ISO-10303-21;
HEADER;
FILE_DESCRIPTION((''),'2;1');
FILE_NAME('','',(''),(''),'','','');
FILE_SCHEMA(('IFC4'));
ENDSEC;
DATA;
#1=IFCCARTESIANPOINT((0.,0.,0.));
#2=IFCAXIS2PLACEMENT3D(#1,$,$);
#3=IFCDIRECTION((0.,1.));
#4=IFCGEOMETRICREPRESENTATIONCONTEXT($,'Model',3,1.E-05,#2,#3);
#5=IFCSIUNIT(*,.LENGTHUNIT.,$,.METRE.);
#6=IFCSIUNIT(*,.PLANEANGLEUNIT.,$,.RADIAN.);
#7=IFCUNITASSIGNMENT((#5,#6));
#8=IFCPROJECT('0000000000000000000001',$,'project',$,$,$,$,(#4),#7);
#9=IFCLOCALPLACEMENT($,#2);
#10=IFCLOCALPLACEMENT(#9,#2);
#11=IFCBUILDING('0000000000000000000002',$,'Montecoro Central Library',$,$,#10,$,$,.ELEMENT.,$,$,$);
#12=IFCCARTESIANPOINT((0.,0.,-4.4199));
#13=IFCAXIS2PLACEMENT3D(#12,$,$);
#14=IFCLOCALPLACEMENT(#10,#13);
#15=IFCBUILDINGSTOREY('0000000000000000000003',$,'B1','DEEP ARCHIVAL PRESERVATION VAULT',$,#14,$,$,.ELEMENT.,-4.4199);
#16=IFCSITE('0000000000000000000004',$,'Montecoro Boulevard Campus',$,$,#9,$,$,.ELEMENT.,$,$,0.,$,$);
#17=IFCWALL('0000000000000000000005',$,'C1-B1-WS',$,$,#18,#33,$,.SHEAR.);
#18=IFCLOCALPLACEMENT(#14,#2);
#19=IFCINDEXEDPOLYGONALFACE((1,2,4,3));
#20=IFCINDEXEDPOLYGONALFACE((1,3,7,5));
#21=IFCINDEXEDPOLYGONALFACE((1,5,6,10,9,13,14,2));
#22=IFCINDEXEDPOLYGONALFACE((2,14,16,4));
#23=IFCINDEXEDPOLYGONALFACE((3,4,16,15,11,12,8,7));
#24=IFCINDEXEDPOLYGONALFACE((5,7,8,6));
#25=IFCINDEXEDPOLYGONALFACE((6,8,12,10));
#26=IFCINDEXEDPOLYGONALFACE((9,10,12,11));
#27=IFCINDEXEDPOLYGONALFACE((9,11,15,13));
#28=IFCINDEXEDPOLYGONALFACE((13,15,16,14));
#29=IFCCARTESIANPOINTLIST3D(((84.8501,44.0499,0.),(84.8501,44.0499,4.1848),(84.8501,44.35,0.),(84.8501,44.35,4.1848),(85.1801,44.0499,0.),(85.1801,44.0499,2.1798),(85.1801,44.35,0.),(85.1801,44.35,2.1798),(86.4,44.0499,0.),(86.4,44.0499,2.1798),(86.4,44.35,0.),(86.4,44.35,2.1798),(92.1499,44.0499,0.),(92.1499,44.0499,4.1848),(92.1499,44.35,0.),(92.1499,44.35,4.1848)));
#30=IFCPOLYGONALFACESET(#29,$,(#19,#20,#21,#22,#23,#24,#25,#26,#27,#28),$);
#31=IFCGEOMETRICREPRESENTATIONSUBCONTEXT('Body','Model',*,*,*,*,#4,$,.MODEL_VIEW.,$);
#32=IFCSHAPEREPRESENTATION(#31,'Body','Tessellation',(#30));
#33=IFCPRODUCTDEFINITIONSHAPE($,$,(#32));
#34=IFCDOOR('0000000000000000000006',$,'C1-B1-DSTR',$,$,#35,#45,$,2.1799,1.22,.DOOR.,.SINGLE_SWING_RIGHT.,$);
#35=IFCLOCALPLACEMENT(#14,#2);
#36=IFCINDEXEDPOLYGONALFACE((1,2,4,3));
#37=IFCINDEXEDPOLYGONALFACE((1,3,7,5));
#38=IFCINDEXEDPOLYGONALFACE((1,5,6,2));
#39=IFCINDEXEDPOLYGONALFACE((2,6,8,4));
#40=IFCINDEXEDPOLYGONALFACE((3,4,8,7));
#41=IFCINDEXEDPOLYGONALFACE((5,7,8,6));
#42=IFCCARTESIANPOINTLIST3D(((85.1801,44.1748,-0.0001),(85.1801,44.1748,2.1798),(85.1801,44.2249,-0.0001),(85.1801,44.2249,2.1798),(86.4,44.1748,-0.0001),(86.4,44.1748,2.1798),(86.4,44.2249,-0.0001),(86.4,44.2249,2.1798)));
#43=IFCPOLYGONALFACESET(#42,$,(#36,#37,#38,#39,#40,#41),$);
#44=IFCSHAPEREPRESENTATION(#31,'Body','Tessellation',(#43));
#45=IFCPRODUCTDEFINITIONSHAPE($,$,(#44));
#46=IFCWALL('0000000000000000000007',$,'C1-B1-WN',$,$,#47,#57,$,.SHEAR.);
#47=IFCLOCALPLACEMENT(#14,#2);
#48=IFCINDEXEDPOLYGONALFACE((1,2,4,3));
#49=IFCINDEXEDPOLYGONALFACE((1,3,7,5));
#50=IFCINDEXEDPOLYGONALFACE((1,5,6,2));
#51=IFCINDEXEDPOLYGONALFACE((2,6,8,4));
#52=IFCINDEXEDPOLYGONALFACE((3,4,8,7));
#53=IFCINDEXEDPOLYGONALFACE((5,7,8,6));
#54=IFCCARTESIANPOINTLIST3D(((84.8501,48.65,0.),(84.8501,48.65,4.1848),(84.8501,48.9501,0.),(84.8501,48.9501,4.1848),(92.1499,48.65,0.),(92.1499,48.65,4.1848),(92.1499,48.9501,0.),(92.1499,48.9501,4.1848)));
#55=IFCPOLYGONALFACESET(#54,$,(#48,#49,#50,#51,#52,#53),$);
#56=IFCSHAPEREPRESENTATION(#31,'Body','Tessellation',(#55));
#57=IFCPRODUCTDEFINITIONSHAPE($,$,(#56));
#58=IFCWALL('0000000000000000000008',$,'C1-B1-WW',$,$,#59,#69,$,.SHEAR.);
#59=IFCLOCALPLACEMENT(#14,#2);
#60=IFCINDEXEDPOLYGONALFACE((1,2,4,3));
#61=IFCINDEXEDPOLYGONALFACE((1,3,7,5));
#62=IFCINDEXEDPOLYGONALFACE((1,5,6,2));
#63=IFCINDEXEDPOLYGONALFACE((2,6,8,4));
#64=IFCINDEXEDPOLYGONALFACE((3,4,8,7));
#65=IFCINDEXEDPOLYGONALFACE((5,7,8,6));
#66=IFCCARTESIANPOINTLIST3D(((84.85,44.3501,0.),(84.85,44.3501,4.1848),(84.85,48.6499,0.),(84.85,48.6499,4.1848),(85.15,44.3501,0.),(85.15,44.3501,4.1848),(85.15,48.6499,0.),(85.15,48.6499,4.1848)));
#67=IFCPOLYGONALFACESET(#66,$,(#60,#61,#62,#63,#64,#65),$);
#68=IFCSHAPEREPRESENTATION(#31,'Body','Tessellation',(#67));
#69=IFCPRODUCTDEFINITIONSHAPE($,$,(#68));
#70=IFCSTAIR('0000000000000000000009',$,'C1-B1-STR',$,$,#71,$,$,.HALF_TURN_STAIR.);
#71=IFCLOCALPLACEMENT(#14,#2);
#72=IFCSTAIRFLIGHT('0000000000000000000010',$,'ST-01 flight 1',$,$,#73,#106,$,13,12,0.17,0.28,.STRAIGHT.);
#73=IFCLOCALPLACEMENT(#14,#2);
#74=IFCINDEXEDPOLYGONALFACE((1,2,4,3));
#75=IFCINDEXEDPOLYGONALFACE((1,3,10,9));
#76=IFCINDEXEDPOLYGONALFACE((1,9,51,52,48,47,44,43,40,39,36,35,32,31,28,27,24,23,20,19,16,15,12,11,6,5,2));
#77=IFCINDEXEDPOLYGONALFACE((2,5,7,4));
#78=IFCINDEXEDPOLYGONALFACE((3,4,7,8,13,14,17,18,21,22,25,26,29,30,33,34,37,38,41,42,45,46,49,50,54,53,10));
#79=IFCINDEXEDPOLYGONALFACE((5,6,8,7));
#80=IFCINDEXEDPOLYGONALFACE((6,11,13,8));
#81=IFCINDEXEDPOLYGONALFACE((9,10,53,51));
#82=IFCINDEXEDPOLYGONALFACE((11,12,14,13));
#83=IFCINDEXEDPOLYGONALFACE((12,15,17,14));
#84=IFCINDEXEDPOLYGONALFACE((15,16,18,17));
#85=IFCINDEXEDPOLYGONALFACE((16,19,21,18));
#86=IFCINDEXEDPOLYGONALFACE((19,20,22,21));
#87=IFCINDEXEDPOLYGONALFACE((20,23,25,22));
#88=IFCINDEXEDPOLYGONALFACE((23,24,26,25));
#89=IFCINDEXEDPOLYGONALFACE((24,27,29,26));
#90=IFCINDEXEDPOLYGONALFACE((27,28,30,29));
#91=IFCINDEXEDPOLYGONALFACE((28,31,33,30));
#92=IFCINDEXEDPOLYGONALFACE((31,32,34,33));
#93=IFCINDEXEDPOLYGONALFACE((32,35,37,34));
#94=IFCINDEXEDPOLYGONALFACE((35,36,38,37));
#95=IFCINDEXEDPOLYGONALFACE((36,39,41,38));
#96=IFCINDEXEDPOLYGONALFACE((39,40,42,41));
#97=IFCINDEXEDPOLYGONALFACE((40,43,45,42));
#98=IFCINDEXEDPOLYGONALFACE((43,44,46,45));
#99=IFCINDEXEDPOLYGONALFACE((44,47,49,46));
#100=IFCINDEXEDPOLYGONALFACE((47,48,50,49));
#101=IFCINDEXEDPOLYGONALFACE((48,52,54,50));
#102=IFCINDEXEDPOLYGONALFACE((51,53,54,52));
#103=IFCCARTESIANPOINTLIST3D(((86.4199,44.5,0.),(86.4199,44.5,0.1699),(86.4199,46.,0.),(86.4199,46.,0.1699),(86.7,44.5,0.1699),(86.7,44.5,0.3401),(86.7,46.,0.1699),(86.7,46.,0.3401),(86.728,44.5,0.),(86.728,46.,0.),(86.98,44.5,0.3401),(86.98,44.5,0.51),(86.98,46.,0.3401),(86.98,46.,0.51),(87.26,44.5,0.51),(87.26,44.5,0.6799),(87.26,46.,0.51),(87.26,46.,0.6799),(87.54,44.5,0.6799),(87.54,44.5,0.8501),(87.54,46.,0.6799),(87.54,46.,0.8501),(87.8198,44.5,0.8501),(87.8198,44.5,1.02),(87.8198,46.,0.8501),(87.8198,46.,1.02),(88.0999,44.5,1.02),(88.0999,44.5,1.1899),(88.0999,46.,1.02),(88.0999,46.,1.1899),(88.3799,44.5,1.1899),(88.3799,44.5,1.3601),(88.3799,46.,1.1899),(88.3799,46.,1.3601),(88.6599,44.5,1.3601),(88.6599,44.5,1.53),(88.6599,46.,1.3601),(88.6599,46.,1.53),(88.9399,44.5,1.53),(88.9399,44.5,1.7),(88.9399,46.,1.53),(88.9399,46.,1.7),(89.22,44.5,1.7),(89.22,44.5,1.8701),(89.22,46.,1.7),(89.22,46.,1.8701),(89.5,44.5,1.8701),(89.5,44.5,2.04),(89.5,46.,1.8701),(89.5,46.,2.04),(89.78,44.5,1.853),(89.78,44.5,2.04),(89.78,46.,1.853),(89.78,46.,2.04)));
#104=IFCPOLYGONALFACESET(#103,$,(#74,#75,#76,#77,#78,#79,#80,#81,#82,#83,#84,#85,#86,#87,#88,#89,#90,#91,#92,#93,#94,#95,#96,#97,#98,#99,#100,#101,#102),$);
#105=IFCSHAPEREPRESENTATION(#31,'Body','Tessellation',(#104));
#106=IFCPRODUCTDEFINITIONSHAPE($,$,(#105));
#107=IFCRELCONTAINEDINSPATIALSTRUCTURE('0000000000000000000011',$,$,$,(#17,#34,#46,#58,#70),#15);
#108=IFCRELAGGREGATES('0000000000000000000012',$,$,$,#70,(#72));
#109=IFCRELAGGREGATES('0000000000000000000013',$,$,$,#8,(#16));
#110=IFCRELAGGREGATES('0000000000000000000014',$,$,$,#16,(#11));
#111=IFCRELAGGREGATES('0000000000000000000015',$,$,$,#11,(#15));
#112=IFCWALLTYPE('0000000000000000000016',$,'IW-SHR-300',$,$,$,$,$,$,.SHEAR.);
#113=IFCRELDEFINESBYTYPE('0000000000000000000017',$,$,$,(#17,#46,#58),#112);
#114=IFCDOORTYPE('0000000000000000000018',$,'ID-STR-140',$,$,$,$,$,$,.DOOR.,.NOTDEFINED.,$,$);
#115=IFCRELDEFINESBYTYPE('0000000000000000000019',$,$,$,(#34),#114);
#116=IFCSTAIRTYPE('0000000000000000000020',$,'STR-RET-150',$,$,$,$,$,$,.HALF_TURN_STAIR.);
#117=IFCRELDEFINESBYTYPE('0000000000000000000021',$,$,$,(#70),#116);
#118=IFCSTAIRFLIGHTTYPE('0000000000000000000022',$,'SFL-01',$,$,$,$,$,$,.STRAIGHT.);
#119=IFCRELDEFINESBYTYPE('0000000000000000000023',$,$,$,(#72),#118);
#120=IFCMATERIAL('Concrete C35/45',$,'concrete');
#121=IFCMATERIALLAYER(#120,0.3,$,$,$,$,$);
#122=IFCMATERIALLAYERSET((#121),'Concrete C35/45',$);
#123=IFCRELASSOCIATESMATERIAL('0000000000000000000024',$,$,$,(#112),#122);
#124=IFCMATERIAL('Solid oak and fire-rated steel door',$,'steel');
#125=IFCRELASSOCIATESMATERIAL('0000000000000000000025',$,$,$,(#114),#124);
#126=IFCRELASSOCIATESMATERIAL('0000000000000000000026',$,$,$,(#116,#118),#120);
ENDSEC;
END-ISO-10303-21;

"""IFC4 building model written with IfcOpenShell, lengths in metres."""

from ifc_helpers import new_model, si_unit, direction, frame, frame_2d, origin, place, context, subcontext, project, spatial, polyline, rectangle, outline, extrude, material, layer, layer_set, type_object, element, fill, aggregate, save


model = new_model("IFC4")

# Units and contexts
model_context = context("Model", 3, precision=1e-05, world=origin(), true_north=direction((0.0, 1.0)))
body_context = subcontext(model_context, "Body", "Model", "MODEL_VIEW")
ifc_project = project(units=[si_unit("LENGTHUNIT", "METRE"), si_unit("PLANEANGLEUNIT", "RADIAN")], contexts=[model_context])

# Site, building, storey
site_placement = place(None, origin())
site = spatial("IfcSite", under=ifc_project, at=site_placement, Name="Montecoro Boulevard Campus", CompositionType="ELEMENT", RefElevation=0.0)
building_placement = place(site_placement, origin())
building = spatial("IfcBuilding", under=site, at=building_placement, Name="Montecoro Central Library", CompositionType="ELEMENT")
storey_placement = place(building_placement, frame((0.0, 0.0, -4.4199)))
storey = spatial("IfcBuildingStorey", under=building, at=storey_placement, Name="B1", Description="DEEP ARCHIVAL PRESERVATION VAULT", CompositionType="ELEMENT", Elevation=-4.4199)

# Shared definitions
ifc_material_1 = material(Name="Concrete C35/45", Category="concrete")

# Wall, opening, door
ifc_material_2 = material(Name="Solid oak and fire-rated steel door", Category="steel")
ifc_layer_1 = layer(ifc_material_1, 0.3)
ifc_layer_set_1 = layer_set([ifc_layer_1], Name="Concrete C35/45")
wall_type_1 = type_object("IfcWallType", Name="IW-SHR-300", PredefinedType="SHEAR", material=ifc_layer_set_1)
wall_1_placement = place(storey_placement, frame((84.8501, 44.2, 0.0), z_axis=(0.0, 0.0, 1.0), x_axis=(1.0, 0.0, 0.0)))
wall_1 = element("IfcWall", 1, at=wall_1_placement, inside=storey, type_object=wall_type_1, Name="C1-B1-WS", PredefinedType="SHEAR", context=body_context, shape_type="SweptSolid", body=[
    extrude(rectangle(XDim=7.2998, YDim=0.3, at=frame_2d((3.6499, 0.0))), origin(), (0.0, 0.0, 1.0), 4.1848),
])
opening_1_placement = place(wall_1_placement, frame((0.3301, 0.0, 0.0)))
opening_1 = element("IfcOpeningElement", 2, at=opening_1_placement, cuts=wall_1, PredefinedType="OPENING", context=body_context, shape_type="SweptSolid", body=[
    extrude(rectangle(XDim=1.22, YDim=2.1799, at=frame_2d((0.6099, 1.0898))), frame((0.0, 0.1599, 0.0), z_axis=(0.0, -1.0, 0.0), x_axis=(1.0, 0.0, 0.0)), (0.0, 0.0, 1.0), 0.3201),
])
door_type_1 = type_object("IfcDoorType", Name="ID-STR-140", OperationType="NOTDEFINED", PredefinedType="DOOR", material=ifc_material_2)
door_1_placement = place(opening_1_placement, origin())
door_1 = element("IfcDoor", 3, at=door_1_placement, inside=storey, type_object=door_type_1, Name="C1-B1-DSTR", OperationType="SINGLE_SWING_RIGHT", OverallHeight=2.1799, OverallWidth=1.22, PredefinedType="DOOR", context=body_context, shape_type="SweptSolid", body=[
    extrude(rectangle(XDim=1.22, YDim=2.1799, at=frame_2d((0.6099, 1.0898))), frame((0.0, 0.0249, 0.0), z_axis=(0.0, -1.0, 0.0), x_axis=(1.0, 0.0, 0.0)), (0.0, 0.0, 1.0), 0.05),
])
fill(opening_1, door_1)

# Walls
wall_2_placement = place(storey_placement, frame((84.8501, 48.8, 0.0), z_axis=(0.0, 0.0, 1.0), x_axis=(1.0, 0.0, 0.0)))
element("IfcWall", 4, at=wall_2_placement, inside=storey, type_object=wall_type_1, Name="C1-B1-WN", PredefinedType="SHEAR", context=body_context, shape_type="SweptSolid", body=[
    extrude(rectangle(XDim=7.2998, YDim=0.3, at=frame_2d((3.6499, 0.0))), origin(), (0.0, 0.0, 1.0), 4.1848),
])
wall_3_placement = place(storey_placement, frame((85.0, 44.3501, 0.0), z_axis=(0.0, 0.0, 1.0), x_axis=(0.0, 1.0, 0.0)))
element("IfcWall", 5, at=wall_3_placement, inside=storey, type_object=wall_type_1, Name="C1-B1-WW", PredefinedType="SHEAR", context=body_context, shape_type="SweptSolid", body=[
    extrude(rectangle(XDim=4.2998, YDim=0.3, at=frame_2d((2.1499, 0.0))), origin(), (0.0, 0.0, 1.0), 4.1848),
])

# Stair, stair flight
stair_type = type_object("IfcStairType", Name="STR-RET-150", PredefinedType="HALF_TURN_STAIR", material=ifc_material_1)
stair_placement = place(storey_placement, origin())
stair = element("IfcStair", 6, at=stair_placement, inside=storey, type_object=stair_type, Name="C1-B1-STR", PredefinedType="HALF_TURN_STAIR")
stair_flight_type = type_object("IfcStairFlightType", Name="SFL-01", PredefinedType="STRAIGHT", material=ifc_material_1)
stair_flight_placement = place(storey_placement, frame((86.4199, 45.25, 0.0), z_axis=(0.0, 0.0, 1.0), x_axis=(1.0, 0.0, 0.0)))
stair_flight = element("IfcStairFlight", 7, at=stair_flight_placement, type_object=stair_flight_type, Name="ST-01 flight 1", NumberOfRisers=13, NumberOfTreads=12, PredefinedType="STRAIGHT", RiserHeight=0.17, TreadLength=0.28, context=body_context, shape_type="SweptSolid", body=[
    extrude(outline(polyline([(0.0, 0.0), (0.0, 0.1699), (0.28, 0.1699), (0.28, 0.3401), (0.5601, 0.3401), (0.5601, 0.51), (0.8401, 0.51), (0.8401, 0.6799), (1.1201, 0.6799), (1.1201, 0.8501), (1.3999, 0.8501), (1.3999, 1.02), (1.6799, 1.02), (1.6799, 1.1899), (1.96, 1.1899), (1.96, 1.3601), (2.24, 1.3601), (2.24, 1.53), (2.52, 1.53), (2.52, 1.7), (2.8, 1.7), (2.8, 1.8701), (3.0801, 1.8701), (3.0801, 2.04), (3.3601, 2.04), (3.3601, 2.21), (3.3601, 1.853), (0.3081, 0.0), (0.0, 0.0)])), frame((0.0, 0.75, 0.0), z_axis=(0.0, -1.0, 0.0), x_axis=(1.0, 0.0, 0.0)), (0.0, 0.0, 1.0), 1.5),
])
aggregate(stair, [stair_flight])

save(model, "model.ifc")
